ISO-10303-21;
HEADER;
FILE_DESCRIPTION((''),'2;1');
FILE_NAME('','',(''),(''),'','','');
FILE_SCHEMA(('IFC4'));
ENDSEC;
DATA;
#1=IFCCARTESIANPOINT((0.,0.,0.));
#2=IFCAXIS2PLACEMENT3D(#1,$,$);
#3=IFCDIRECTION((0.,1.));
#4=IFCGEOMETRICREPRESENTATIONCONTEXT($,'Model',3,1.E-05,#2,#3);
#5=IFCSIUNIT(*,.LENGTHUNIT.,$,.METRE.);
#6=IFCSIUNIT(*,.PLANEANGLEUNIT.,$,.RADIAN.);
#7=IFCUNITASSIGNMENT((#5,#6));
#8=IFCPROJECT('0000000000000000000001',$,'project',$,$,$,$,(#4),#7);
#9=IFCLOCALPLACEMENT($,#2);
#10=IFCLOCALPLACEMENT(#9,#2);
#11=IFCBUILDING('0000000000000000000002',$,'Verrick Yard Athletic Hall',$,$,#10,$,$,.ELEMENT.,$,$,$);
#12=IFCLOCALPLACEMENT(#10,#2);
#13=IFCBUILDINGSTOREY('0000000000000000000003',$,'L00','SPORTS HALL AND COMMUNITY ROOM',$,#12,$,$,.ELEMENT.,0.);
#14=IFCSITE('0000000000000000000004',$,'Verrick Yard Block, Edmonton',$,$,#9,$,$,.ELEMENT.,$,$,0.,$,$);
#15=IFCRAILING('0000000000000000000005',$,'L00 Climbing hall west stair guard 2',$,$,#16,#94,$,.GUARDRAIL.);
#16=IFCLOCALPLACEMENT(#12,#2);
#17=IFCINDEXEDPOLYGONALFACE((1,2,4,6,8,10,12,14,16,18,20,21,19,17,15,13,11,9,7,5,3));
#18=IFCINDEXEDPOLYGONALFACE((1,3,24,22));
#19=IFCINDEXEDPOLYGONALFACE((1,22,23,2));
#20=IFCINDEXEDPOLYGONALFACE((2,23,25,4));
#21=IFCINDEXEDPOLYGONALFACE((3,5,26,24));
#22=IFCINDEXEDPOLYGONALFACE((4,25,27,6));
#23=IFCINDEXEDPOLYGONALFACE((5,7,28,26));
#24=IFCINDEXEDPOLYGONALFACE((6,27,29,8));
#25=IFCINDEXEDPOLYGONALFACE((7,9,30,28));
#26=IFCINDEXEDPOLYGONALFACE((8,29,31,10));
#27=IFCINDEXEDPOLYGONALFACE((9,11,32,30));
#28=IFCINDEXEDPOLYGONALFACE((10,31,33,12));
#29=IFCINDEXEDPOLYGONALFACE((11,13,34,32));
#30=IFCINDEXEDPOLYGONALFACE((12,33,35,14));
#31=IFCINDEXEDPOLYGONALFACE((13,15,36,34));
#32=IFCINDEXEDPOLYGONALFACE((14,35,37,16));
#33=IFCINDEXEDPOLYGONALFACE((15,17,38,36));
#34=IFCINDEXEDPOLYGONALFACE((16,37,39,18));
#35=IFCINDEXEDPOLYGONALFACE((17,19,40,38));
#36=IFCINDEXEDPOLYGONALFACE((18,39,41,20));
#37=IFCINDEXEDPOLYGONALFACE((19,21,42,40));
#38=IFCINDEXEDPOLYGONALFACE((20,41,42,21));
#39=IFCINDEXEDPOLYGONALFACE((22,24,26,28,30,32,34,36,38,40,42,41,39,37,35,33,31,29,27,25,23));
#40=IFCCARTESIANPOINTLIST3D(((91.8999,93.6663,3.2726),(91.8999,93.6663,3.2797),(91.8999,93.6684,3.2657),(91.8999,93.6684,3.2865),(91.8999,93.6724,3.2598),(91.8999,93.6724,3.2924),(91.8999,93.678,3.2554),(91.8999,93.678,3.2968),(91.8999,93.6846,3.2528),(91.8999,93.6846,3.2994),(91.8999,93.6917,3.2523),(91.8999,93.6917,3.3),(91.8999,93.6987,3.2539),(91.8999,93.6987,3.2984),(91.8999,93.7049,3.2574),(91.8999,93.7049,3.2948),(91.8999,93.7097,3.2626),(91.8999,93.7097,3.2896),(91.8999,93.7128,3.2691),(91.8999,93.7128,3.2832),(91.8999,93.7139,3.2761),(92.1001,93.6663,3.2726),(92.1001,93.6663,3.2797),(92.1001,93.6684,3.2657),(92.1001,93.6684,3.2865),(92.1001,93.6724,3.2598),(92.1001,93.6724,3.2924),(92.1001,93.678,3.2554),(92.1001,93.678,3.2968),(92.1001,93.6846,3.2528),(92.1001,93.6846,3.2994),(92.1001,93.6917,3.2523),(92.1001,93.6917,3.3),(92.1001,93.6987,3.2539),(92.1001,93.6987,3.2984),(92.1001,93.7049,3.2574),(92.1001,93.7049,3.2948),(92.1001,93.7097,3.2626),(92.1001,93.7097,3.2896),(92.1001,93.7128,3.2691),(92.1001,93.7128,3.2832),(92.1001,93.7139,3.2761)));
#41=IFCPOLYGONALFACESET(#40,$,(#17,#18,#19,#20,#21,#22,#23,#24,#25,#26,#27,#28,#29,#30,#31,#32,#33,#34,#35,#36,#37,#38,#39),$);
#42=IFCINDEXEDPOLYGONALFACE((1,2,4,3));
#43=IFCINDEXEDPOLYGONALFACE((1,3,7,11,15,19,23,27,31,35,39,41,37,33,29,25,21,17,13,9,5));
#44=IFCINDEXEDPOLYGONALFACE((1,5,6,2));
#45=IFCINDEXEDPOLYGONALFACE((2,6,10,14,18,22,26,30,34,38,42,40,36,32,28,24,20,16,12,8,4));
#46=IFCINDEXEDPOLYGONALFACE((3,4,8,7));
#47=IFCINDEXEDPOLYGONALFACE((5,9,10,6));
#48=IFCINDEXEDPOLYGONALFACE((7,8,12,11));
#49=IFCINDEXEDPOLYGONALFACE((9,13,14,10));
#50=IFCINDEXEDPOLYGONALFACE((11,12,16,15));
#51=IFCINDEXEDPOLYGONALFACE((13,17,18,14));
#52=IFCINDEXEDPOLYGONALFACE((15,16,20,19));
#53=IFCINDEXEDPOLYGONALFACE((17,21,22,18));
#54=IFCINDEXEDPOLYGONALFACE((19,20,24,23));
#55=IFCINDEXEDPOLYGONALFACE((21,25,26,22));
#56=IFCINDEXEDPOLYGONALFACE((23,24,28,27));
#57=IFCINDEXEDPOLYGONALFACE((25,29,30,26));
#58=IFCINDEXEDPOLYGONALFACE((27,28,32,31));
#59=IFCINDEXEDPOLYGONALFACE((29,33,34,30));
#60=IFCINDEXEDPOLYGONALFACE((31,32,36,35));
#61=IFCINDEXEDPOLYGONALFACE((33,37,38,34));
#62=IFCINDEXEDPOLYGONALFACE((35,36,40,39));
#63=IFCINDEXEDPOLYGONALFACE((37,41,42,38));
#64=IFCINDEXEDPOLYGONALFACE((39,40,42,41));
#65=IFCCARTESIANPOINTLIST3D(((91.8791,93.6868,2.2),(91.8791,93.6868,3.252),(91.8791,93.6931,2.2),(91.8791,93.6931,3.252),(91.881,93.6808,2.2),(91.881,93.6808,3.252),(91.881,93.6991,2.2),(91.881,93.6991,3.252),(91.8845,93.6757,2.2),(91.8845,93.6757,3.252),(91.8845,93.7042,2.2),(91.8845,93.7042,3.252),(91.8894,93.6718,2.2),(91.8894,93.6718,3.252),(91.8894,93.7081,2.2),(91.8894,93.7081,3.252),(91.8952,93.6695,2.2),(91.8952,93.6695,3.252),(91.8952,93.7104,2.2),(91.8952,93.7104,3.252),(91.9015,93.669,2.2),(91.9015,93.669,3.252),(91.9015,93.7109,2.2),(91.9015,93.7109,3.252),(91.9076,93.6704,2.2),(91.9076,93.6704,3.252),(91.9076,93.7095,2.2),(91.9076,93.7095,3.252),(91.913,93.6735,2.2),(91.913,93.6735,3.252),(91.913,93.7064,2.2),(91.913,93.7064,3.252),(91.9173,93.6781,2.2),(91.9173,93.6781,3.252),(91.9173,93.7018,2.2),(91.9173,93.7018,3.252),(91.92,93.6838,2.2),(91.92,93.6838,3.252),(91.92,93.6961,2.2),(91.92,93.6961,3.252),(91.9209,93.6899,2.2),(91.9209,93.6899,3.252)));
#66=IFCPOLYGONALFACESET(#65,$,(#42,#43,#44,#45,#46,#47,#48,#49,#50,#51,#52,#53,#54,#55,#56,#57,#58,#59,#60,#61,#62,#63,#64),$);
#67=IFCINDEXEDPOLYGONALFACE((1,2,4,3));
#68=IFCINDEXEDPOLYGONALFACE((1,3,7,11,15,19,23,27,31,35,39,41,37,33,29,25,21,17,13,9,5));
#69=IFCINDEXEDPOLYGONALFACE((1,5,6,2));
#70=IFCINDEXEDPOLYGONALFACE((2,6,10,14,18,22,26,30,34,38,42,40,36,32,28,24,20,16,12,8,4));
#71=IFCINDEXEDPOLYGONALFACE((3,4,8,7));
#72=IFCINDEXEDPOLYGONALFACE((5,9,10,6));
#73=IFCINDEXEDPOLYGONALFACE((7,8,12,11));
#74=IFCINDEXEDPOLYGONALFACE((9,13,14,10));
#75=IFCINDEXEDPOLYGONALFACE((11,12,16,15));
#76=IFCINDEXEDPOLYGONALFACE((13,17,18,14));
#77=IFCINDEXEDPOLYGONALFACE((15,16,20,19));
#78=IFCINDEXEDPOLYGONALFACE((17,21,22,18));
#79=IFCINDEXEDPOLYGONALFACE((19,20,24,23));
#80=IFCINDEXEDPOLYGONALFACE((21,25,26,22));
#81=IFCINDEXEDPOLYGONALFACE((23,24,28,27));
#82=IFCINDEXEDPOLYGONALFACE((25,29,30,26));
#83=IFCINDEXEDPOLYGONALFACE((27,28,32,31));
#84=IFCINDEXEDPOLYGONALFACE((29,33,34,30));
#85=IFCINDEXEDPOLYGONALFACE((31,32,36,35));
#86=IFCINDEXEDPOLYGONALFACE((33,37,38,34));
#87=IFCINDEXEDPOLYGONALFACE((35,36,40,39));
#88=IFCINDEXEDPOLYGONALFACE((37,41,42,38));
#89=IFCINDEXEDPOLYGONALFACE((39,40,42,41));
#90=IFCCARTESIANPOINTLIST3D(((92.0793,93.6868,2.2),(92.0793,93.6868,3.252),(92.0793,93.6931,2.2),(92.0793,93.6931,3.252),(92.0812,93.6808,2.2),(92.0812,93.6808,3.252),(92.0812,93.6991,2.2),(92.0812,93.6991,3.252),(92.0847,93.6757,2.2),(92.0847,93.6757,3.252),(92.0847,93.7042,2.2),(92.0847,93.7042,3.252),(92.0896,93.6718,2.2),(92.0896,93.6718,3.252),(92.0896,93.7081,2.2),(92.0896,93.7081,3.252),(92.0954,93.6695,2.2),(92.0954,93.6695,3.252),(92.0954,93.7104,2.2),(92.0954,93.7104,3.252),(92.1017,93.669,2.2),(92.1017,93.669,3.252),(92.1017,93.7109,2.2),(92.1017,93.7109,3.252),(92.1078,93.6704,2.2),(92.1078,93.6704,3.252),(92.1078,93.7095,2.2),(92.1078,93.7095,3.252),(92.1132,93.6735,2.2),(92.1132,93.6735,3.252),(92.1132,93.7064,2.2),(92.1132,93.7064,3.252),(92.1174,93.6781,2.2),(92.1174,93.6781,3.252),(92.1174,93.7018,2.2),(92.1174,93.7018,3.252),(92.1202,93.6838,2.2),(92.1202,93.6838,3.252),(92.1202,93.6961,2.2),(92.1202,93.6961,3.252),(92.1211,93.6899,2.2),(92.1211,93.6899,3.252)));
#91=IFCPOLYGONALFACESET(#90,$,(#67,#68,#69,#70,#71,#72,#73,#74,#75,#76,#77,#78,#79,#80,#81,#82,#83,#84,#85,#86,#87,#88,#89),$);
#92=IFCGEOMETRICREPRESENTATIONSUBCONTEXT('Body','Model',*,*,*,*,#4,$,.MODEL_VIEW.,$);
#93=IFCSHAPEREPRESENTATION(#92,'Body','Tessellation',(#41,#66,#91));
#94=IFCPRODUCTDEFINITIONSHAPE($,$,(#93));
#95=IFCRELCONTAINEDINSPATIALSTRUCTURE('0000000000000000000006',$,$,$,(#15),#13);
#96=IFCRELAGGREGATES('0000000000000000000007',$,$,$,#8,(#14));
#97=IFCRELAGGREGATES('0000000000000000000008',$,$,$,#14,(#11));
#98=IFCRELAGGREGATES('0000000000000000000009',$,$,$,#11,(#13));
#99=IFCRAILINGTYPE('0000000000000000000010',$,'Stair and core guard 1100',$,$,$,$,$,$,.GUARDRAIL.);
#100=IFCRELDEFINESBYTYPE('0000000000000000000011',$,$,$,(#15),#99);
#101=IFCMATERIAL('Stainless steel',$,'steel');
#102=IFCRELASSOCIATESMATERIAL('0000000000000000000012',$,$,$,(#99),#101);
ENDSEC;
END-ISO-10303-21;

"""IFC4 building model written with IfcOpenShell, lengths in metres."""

from ifc_helpers import new_model, si_unit, direction, frame, origin, origin_2d, place, context, subcontext, project, spatial, circle, extrude, material, type_object, element, save


model = new_model("IFC4")

# Units and contexts
model_context = context("Model", 3, precision=1e-05, world=origin(), true_north=direction((0.0, 1.0)))
body_context = subcontext(model_context, "Body", "Model", "MODEL_VIEW")
ifc_project = project(units=[si_unit("LENGTHUNIT", "METRE"), si_unit("PLANEANGLEUNIT", "RADIAN")], contexts=[model_context])

# Site, building, storey
site_placement = place(None, origin())
site = spatial("IfcSite", under=ifc_project, at=site_placement, Name="Verrick Yard Block, Edmonton", CompositionType="ELEMENT", RefElevation=0.0)
building_placement = place(site_placement, origin())
building = spatial("IfcBuilding", under=site, at=building_placement, Name="Verrick Yard Athletic Hall", CompositionType="ELEMENT")
storey_placement = place(building_placement, origin())
storey = spatial("IfcBuildingStorey", under=building, at=storey_placement, Name="L00", Description="SPORTS HALL AND COMMUNITY ROOM", CompositionType="ELEMENT", Elevation=0.0)

# Railing
ifc_material_1 = material(Name="Stainless steel", Category="steel")
railing_type_1 = type_object("IfcRailingType", Name="Stair and core guard 1100", PredefinedType="GUARDRAIL", material=ifc_material_1)
railing_1_placement = place(storey_placement, frame((91.8999, 93.6899, 2.2)))
element("IfcRailing", 1, at=railing_1_placement, inside=storey, type_object=railing_type_1, Name="L00 Climbing hall west stair guard 2", PredefinedType="GUARDRAIL", context=body_context, shape_type="SweptSolid", body=[
    extrude(circle(Radius=0.0239, at=origin_2d()), frame((0.0, 0.0, 1.0762), z_axis=(1.0, 0.0, 0.0), x_axis=(0.0, 1.0, 0.0)), (0.0, 0.0, 1.0), 0.2002),
    extrude(circle(Radius=0.021, at=origin_2d()), origin(), (0.0, 0.0, 1.0), 1.052),
    extrude(circle(Radius=0.021, at=origin_2d()), frame((0.2002, 0.0, 0.0)), (0.0, 0.0, 1.0), 1.052),
])

save(model, "model.ifc")
